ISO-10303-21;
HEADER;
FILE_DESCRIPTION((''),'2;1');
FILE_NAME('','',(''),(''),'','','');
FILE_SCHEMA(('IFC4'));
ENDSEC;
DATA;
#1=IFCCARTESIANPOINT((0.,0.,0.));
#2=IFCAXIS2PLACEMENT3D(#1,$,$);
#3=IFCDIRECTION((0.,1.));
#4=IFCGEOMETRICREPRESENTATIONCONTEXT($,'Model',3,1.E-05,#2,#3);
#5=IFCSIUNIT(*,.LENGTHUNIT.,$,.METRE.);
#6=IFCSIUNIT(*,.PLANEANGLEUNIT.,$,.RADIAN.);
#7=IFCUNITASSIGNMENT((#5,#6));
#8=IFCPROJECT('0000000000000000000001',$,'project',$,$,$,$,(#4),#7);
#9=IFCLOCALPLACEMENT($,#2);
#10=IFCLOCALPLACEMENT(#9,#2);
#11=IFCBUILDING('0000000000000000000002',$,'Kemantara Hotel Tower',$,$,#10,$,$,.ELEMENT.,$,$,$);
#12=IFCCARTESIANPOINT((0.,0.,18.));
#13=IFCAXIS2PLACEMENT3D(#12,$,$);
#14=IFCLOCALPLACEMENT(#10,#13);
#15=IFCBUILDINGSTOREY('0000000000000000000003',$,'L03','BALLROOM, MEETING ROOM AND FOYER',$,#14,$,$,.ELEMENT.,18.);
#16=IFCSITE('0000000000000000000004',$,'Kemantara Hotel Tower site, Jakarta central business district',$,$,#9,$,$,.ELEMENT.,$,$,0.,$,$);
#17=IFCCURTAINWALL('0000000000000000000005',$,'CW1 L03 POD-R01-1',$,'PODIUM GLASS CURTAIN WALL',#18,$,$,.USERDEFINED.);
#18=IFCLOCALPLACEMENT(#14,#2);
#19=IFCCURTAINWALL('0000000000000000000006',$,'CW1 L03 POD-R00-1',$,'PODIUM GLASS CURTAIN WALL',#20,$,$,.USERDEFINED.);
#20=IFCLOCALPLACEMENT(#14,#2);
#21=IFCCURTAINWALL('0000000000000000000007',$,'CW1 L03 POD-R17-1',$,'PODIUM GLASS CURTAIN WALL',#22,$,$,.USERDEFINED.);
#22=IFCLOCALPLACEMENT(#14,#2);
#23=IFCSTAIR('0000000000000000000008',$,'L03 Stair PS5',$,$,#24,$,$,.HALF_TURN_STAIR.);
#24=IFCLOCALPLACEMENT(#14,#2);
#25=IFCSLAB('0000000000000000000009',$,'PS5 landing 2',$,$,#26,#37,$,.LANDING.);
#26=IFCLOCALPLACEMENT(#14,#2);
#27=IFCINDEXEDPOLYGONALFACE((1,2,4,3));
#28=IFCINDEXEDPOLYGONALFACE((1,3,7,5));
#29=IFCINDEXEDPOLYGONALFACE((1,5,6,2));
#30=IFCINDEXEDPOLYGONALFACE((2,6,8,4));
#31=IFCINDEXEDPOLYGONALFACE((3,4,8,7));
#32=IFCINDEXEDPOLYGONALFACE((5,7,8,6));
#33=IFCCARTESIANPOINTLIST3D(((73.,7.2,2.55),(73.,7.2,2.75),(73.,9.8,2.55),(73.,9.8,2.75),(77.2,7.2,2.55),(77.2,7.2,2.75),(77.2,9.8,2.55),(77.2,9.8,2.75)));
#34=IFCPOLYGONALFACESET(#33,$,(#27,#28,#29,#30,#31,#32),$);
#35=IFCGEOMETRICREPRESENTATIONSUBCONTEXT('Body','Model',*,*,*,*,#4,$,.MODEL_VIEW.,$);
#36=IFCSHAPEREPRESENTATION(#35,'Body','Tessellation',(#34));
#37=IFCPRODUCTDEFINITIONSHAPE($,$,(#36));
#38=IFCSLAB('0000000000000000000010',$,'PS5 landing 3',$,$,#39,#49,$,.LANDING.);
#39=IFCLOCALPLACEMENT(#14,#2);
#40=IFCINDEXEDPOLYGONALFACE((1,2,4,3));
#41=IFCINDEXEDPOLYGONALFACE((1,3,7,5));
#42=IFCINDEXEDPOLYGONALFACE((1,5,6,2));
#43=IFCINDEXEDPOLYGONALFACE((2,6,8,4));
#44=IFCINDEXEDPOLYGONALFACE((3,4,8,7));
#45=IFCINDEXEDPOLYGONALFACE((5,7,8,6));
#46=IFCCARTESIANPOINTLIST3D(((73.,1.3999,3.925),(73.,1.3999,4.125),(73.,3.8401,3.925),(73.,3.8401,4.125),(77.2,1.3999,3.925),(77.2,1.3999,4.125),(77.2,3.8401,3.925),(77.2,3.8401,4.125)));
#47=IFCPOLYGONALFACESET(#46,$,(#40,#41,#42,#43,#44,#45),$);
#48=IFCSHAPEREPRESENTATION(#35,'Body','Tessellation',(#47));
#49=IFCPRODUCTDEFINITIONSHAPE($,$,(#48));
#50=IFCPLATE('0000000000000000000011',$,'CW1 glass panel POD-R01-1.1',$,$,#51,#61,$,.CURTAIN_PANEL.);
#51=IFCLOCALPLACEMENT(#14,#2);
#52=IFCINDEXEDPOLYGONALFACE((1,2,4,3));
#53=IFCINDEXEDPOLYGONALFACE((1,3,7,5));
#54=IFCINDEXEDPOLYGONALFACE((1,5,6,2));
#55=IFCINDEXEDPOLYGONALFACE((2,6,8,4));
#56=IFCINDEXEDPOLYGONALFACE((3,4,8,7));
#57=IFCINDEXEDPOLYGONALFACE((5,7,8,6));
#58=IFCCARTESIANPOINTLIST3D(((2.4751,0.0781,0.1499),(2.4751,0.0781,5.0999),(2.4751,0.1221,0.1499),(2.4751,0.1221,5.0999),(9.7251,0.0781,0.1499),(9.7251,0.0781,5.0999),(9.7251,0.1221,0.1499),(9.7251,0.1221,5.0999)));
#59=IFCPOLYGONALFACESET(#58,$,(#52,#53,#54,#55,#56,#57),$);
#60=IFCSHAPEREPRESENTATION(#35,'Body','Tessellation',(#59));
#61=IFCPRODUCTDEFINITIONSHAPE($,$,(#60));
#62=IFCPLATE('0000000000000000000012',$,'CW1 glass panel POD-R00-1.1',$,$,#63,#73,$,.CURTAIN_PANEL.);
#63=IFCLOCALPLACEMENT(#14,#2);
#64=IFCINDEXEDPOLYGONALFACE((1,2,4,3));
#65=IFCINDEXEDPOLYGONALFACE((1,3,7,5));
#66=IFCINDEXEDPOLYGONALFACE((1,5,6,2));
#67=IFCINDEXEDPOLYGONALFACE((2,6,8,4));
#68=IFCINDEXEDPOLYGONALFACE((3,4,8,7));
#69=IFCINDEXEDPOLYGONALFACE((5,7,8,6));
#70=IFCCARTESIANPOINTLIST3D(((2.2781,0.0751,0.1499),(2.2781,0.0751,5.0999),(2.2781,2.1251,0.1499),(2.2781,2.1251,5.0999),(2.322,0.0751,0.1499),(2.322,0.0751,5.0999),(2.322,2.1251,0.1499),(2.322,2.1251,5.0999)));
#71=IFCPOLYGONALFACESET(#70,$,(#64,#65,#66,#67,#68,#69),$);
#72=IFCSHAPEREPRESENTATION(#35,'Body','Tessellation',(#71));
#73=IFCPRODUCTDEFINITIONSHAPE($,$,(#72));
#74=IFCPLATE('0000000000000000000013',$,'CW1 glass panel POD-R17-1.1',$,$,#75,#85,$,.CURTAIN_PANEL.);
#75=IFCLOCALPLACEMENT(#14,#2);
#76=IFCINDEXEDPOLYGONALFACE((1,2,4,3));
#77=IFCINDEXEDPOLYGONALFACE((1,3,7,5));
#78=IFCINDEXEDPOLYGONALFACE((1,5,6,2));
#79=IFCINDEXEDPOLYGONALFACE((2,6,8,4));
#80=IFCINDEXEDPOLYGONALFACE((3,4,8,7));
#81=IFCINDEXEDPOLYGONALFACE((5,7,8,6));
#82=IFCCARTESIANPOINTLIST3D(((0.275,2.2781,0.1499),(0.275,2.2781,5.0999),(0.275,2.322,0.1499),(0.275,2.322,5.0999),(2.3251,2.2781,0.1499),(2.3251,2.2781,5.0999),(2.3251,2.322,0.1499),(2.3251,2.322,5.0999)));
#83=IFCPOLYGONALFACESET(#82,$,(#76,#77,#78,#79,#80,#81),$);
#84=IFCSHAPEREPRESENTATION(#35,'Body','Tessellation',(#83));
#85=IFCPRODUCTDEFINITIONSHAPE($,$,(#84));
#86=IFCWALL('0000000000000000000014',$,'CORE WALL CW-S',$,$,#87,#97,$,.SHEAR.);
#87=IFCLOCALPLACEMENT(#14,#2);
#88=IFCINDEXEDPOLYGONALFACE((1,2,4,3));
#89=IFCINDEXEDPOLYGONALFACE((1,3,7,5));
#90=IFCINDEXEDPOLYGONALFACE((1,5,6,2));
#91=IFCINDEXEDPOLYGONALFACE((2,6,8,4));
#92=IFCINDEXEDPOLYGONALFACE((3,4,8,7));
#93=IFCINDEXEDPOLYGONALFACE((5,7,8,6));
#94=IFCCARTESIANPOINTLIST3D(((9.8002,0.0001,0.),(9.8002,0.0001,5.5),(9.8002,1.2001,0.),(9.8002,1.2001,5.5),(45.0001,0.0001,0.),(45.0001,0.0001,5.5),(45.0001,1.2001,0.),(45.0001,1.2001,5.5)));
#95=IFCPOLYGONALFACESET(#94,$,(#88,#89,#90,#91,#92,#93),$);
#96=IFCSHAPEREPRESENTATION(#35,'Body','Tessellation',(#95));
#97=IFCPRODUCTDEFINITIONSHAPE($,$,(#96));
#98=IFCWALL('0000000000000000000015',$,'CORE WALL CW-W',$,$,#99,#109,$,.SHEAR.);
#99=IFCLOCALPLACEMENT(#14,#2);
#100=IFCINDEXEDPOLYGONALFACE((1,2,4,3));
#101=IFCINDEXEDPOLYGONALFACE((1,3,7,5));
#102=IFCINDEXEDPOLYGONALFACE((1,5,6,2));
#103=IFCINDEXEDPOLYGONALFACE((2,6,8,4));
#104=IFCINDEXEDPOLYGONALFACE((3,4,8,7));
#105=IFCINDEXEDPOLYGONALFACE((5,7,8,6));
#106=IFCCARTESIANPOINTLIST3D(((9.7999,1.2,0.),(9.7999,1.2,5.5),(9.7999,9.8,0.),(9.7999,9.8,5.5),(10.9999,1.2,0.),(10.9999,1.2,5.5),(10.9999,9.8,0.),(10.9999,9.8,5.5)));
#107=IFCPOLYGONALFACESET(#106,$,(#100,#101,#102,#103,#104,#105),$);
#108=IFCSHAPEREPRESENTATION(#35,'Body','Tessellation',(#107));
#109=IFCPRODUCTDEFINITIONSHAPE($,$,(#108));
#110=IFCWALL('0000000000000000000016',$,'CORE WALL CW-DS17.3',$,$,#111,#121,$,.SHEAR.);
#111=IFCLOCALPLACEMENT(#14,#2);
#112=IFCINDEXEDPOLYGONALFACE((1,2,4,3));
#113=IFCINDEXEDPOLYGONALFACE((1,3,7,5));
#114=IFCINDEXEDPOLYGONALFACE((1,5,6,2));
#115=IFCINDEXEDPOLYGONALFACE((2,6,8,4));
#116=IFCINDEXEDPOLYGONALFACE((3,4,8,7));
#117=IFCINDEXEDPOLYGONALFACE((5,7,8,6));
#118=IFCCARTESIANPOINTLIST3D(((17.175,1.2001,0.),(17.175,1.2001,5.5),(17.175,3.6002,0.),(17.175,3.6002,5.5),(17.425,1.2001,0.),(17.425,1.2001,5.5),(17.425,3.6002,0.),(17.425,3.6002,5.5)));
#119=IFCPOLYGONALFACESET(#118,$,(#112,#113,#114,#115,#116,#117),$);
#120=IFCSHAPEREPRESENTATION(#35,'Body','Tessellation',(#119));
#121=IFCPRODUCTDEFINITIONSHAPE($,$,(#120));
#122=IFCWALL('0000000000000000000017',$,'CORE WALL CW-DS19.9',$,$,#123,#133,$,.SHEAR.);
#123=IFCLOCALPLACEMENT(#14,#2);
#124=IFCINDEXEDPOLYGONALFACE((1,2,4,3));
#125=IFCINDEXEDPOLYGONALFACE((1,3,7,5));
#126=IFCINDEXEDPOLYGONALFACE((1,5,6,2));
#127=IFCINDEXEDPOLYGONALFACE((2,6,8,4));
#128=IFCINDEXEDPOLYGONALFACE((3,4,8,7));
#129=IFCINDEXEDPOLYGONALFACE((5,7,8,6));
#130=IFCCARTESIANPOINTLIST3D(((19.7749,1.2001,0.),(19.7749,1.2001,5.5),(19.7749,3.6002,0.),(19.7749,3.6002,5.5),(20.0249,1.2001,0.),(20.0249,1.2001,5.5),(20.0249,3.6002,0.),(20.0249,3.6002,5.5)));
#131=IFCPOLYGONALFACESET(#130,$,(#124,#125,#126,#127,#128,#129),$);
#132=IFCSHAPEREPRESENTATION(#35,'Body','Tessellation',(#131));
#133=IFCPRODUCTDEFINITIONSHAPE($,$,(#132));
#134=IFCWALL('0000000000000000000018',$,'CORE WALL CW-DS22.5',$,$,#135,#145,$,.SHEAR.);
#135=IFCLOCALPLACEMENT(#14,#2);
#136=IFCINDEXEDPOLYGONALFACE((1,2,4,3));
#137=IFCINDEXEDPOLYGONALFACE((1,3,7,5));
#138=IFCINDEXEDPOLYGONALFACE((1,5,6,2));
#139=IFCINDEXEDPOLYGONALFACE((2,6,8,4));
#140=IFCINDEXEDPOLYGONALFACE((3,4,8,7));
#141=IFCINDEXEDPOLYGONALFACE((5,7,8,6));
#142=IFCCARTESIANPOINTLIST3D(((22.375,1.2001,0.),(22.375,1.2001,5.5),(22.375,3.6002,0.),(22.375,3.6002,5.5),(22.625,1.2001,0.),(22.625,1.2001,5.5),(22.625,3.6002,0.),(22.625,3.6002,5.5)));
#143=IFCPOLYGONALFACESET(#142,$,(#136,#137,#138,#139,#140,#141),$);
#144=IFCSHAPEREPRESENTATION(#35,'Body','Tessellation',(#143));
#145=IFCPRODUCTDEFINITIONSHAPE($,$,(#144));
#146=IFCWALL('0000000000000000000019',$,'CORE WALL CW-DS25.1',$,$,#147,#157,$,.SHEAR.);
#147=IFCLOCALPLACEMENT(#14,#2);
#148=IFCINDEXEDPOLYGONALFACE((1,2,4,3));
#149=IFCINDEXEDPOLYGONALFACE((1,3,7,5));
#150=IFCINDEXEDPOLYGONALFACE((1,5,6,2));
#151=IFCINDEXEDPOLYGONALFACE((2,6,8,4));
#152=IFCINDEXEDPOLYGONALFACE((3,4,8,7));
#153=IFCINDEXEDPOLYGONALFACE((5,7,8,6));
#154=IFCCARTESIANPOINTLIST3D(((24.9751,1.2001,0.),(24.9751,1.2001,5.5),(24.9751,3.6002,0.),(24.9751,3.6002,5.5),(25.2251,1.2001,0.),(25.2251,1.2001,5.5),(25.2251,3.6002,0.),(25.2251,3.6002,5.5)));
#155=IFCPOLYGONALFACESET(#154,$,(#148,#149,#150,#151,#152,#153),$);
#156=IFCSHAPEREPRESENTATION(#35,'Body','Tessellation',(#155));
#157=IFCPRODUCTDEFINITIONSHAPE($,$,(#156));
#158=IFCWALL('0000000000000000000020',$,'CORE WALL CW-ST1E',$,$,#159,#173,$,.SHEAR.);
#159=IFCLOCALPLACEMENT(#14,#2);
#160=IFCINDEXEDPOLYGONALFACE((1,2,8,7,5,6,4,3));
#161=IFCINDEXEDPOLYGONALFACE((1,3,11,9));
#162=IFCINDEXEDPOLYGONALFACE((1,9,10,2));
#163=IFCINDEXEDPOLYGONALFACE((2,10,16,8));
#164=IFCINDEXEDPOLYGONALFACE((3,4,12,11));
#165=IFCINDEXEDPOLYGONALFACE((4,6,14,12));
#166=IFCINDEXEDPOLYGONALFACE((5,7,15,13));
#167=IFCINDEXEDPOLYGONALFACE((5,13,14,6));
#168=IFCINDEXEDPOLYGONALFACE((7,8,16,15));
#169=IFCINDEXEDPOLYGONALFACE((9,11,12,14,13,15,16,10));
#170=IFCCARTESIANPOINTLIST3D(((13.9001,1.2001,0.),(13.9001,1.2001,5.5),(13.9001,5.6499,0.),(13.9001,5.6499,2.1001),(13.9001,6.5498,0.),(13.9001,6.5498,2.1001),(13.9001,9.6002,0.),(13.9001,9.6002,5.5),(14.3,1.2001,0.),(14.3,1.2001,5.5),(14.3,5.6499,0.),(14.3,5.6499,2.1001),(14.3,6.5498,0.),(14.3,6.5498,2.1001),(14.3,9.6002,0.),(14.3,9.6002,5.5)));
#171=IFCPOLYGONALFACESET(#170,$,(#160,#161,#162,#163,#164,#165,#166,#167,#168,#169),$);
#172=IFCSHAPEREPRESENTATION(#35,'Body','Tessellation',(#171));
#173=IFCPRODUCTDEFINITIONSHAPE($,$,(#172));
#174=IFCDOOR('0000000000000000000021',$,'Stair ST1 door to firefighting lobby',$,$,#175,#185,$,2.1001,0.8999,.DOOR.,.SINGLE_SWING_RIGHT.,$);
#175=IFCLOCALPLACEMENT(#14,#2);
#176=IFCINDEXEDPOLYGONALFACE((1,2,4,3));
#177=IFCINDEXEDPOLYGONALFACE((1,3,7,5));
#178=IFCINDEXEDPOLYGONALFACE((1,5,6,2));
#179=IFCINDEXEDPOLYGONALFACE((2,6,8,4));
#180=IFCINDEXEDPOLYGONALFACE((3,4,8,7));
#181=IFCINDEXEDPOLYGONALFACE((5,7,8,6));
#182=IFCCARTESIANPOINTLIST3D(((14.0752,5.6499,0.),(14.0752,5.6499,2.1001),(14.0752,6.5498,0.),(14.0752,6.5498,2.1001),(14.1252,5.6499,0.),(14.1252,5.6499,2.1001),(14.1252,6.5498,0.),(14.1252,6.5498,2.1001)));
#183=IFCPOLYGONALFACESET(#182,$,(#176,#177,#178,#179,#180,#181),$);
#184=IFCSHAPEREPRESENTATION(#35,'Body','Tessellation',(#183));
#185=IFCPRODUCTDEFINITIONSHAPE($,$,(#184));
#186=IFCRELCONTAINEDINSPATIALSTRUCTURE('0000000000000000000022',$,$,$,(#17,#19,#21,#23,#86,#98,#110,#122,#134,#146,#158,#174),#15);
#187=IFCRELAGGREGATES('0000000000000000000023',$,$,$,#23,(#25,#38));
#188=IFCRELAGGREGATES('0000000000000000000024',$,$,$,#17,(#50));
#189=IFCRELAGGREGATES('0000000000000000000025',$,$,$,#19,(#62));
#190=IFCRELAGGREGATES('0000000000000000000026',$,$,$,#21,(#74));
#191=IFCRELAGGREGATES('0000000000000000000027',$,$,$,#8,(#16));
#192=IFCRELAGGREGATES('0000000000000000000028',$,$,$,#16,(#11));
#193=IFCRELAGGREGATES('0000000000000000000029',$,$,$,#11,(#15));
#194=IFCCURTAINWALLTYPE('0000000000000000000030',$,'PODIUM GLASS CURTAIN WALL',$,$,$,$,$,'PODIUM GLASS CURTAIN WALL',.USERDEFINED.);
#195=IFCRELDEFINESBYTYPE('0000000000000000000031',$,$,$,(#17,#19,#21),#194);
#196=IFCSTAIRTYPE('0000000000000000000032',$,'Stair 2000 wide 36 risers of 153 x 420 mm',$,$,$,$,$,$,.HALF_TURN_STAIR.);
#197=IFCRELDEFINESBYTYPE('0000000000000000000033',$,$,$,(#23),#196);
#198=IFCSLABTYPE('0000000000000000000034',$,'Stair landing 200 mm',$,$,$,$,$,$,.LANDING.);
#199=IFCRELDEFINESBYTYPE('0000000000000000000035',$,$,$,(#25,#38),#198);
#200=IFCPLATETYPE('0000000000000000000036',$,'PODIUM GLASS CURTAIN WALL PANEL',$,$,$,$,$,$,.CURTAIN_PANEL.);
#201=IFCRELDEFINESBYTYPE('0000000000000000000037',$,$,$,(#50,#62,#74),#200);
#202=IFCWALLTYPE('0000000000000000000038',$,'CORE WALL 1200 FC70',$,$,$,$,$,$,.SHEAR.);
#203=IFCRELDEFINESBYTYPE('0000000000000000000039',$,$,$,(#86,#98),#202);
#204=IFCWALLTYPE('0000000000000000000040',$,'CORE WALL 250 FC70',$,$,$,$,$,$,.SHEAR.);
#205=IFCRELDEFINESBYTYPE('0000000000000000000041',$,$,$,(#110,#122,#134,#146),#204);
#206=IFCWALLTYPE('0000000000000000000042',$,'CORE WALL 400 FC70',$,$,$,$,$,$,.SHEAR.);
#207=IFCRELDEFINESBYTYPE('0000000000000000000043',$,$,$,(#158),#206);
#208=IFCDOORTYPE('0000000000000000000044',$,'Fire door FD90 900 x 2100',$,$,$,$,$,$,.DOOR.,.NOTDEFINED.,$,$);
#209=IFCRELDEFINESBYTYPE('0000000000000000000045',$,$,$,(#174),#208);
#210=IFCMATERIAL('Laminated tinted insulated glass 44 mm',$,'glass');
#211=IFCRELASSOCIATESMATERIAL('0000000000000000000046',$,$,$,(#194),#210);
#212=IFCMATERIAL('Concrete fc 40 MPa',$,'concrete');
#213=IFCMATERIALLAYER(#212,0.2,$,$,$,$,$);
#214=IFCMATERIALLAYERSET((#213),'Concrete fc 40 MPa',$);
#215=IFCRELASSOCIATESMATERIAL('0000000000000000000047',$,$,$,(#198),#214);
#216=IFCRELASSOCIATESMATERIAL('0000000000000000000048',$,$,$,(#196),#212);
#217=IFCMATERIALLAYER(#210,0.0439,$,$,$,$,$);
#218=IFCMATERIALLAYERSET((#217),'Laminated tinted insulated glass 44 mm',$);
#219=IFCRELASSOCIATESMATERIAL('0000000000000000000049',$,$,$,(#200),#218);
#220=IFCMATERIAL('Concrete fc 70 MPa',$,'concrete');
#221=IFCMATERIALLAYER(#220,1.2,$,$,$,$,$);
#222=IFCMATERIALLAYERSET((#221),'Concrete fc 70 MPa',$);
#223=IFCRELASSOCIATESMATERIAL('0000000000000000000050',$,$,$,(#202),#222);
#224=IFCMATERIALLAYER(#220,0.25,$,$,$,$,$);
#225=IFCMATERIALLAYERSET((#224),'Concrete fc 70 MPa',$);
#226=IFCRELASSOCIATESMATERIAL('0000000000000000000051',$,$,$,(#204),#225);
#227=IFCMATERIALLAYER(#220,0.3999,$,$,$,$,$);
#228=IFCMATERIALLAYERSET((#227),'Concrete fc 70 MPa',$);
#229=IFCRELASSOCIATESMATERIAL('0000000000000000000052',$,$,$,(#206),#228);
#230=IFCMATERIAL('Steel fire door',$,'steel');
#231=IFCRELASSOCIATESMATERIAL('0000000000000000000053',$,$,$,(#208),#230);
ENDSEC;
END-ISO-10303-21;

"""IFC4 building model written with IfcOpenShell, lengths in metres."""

from ifc_helpers import new_model, si_unit, direction, frame, frame_2d, origin, origin_2d, place, context, subcontext, project, spatial, polyline, rectangle, outline, extrude, source, transform, mapped, material, layer, layer_set, type_object, element, fill, aggregate, save


model = new_model("IFC4")

# Units and contexts
model_context = context("Model", 3, precision=1e-05, world=origin(), true_north=direction((0.0, 1.0)))
body_context = subcontext(model_context, "Body", "Model", "MODEL_VIEW")
ifc_project = project(units=[si_unit("LENGTHUNIT", "METRE"), si_unit("PLANEANGLEUNIT", "RADIAN")], contexts=[model_context])

# Site, building, storey
site_placement = place(None, origin())
site = spatial("IfcSite", under=ifc_project, at=site_placement, Name="Kemantara Hotel Tower site, Jakarta central business district", CompositionType="ELEMENT", RefElevation=0.0)
building_placement = place(site_placement, origin())
building = spatial("IfcBuilding", under=site, at=building_placement, Name="Kemantara Hotel Tower", CompositionType="ELEMENT")
storey_placement = place(building_placement, frame((0.0, 0.0, 18.0)))
storey = spatial("IfcBuildingStorey", under=building, at=storey_placement, Name="L03", Description="BALLROOM, MEETING ROOM AND FOYER", CompositionType="ELEMENT", Elevation=18.0)

# Curtain walls
ifc_material_1 = material(Name="Laminated tinted insulated glass 44 mm", Category="glass")
curtain_wall_type = type_object("IfcCurtainWallType", Name="PODIUM GLASS CURTAIN WALL", ElementType="PODIUM GLASS CURTAIN WALL", PredefinedType="USERDEFINED", material=ifc_material_1)
curtain_wall_1_placement = place(storey_placement, origin())
curtain_wall_1 = element("IfcCurtainWall", 1, at=curtain_wall_1_placement, inside=storey, type_object=curtain_wall_type, Name="CW1 L03 POD-R01-1", ObjectType="PODIUM GLASS CURTAIN WALL", PredefinedType="USERDEFINED")
curtain_wall_2_placement = place(storey_placement, origin())
curtain_wall_2 = element("IfcCurtainWall", 2, at=curtain_wall_2_placement, inside=storey, type_object=curtain_wall_type, Name="CW1 L03 POD-R00-1", ObjectType="PODIUM GLASS CURTAIN WALL", PredefinedType="USERDEFINED")
curtain_wall_3_placement = place(storey_placement, origin())
curtain_wall_3 = element("IfcCurtainWall", 3, at=curtain_wall_3_placement, inside=storey, type_object=curtain_wall_type, Name="CW1 L03 POD-R17-1", ObjectType="PODIUM GLASS CURTAIN WALL", PredefinedType="USERDEFINED")

# Shared definitions
ifc_material_2 = material(Name="Concrete fc 40 MPa", Category="concrete")
ifc_layer_1 = layer(ifc_material_2, 0.2)
ifc_layer_set_1 = layer_set([ifc_layer_1], Name="Concrete fc 40 MPa")
slab_type = type_object("IfcSlabType", Name="Stair landing 200 mm", PredefinedType="LANDING", material=ifc_layer_set_1)

# Stair, slabs
stair_type_1 = type_object("IfcStairType", Name="Stair 2000 wide 36 risers of 153 x 420 mm", PredefinedType="HALF_TURN_STAIR", material=ifc_material_2)
stair_1_placement = place(storey_placement, origin())
stair_1 = element("IfcStair", 4, at=stair_1_placement, inside=storey, type_object=stair_type_1, Name="L03 Stair PS5", PredefinedType="HALF_TURN_STAIR")
slab_1_placement = place(storey_placement, frame((0.0, 0.0, 2.55)))
slab_1 = element("IfcSlab", 5, at=slab_1_placement, type_object=slab_type, Name="PS5 landing 2", PredefinedType="LANDING", context=body_context, shape_type="SweptSolid", body=[
    extrude(outline(polyline([(73.0, 9.8), (73.0, 7.2), (77.2, 7.2), (77.2, 9.8), (73.0, 9.8)])), origin(), (0.0, 0.0, 1.0), 0.2),
])
slab_2_placement = place(storey_placement, frame((0.0, 0.0, 3.925)))
slab_2 = element("IfcSlab", 6, at=slab_2_placement, type_object=slab_type, Name="PS5 landing 3", PredefinedType="LANDING", context=body_context, shape_type="SweptSolid", body=[
    extrude(outline(polyline([(73.0, 3.8401), (73.0, 1.3999), (77.2, 1.3999), (77.2, 3.8401), (73.0, 3.8401)])), origin(), (0.0, 0.0, 1.0), 0.2),
])
aggregate(stair_1, [slab_1, slab_2])

# Plates
ifc_layer_2 = layer(ifc_material_1, 0.0439)
ifc_layer_set_2 = layer_set([ifc_layer_2], Name="Laminated tinted insulated glass 44 mm")
plate_type = type_object("IfcPlateType", Name="PODIUM GLASS CURTAIN WALL PANEL", PredefinedType="CURTAIN_PANEL", material=ifc_layer_set_2)
shared_shape_1 = source(origin(), body_context, "Body", "SweptSolid", [
    extrude(rectangle(XDim=7.25, YDim=0.0439, at=origin_2d()), origin(), (0.0, 0.0, 1.0), 4.95),
])
plate_1_placement = place(storey_placement, frame((6.1001, 0.1001, 0.1499), z_axis=(0.0, 0.0, 1.0), x_axis=(1.0, 0.0, 0.0)))
plate_1 = element("IfcPlate", 7, at=plate_1_placement, type_object=plate_type, Name="CW1 glass panel POD-R01-1.1", PredefinedType="CURTAIN_PANEL", context=body_context, shape_type="MappedRepresentation", body=[
    mapped(shared_shape_1, transform((0.0, 0.0, 0.0))),
])
aggregate(curtain_wall_1, [plate_1])
shared_shape_2 = source(origin(), body_context, "Body", "SweptSolid", [
    extrude(rectangle(XDim=2.05, YDim=0.0439, at=origin_2d()), origin(), (0.0, 0.0, 1.0), 4.95),
])
plate_2_placement = place(storey_placement, frame((2.3, 1.1001, 0.1499), z_axis=(0.0, 0.0, 1.0), x_axis=(0.0, -1.0, 0.0)))
plate_2 = element("IfcPlate", 8, at=plate_2_placement, type_object=plate_type, Name="CW1 glass panel POD-R00-1.1", PredefinedType="CURTAIN_PANEL", context=body_context, shape_type="MappedRepresentation", body=[
    mapped(shared_shape_2, transform((0.0, 0.0, 0.0))),
])
aggregate(curtain_wall_2, [plate_2])
plate_3_placement = place(storey_placement, frame((1.3, 2.3, 0.1499), z_axis=(0.0, 0.0, 1.0), x_axis=(1.0, 0.0, 0.0)))
plate_3 = element("IfcPlate", 9, at=plate_3_placement, type_object=plate_type, Name="CW1 glass panel POD-R17-1.1", PredefinedType="CURTAIN_PANEL", context=body_context, shape_type="MappedRepresentation", body=[
    mapped(shared_shape_2, transform((0.0, 0.0, 0.0))),
])
aggregate(curtain_wall_3, [plate_3])

# Walls
ifc_material_3 = material(Name="Concrete fc 70 MPa", Category="concrete")
ifc_layer_3 = layer(ifc_material_3, 1.2)
ifc_layer_set_3 = layer_set([ifc_layer_3], Name="Concrete fc 70 MPa")
wall_type_1 = type_object("IfcWallType", Name="CORE WALL 1200 FC70", PredefinedType="SHEAR", material=ifc_layer_set_3)
wall_1_placement = place(storey_placement, frame((9.8, 0.6001, 0.0), z_axis=(0.0, 0.0, 1.0), x_axis=(1.0, 0.0, 0.0)))
element("IfcWall", 10, at=wall_1_placement, inside=storey, type_object=wall_type_1, Name="CORE WALL CW-S", PredefinedType="SHEAR", context=body_context, shape_type="SweptSolid", body=[
    extrude(rectangle(XDim=35.2, YDim=1.2, at=frame_2d((17.6001, 0.0))), origin(), (0.0, 0.0, 1.0), 5.5),
])
wall_2_placement = place(storey_placement, frame((10.3999, 1.2, 0.0), z_axis=(0.0, 0.0, 1.0), x_axis=(0.0, 1.0, 0.0)))
element("IfcWall", 11, at=wall_2_placement, inside=storey, type_object=wall_type_1, Name="CORE WALL CW-W", PredefinedType="SHEAR", context=body_context, shape_type="SweptSolid", body=[
    extrude(rectangle(XDim=8.6001, YDim=1.2, at=frame_2d((4.3, 0.0))), origin(), (0.0, 0.0, 1.0), 5.5),
])
ifc_layer_4 = layer(ifc_material_3, 0.25)
ifc_layer_set_4 = layer_set([ifc_layer_4], Name="Concrete fc 70 MPa")
wall_type_2 = type_object("IfcWallType", Name="CORE WALL 250 FC70", PredefinedType="SHEAR", material=ifc_layer_set_4)
for number, where, z_axis, x_axis, name in (
    (12, (17.3, 1.2, 0.0), (0.0, 0.0, 1.0), (0.0, 1.0, 0.0), "CORE WALL CW-DS17.3"),
    (13, (19.8999, 1.2, 0.0), (0.0, 0.0, 1.0), (0.0, 1.0, 0.0), "CORE WALL CW-DS19.9"),
    (14, (22.5, 1.2, 0.0), (0.0, 0.0, 1.0), (0.0, 1.0, 0.0), "CORE WALL CW-DS22.5"),
    (15, (25.1001, 1.2, 0.0), (0.0, 0.0, 1.0), (0.0, 1.0, 0.0), "CORE WALL CW-DS25.1"),
):
    element("IfcWall", number, at=place(storey_placement, frame(where, z_axis=z_axis, x_axis=x_axis)), inside=storey, type_object=wall_type_2, Name=name, PredefinedType="SHEAR", context=body_context, shape_type="SweptSolid", body=[
        extrude(rectangle(XDim=2.4001, YDim=0.25, at=frame_2d((1.2002, 0.0))), origin(), (0.0, 0.0, 1.0), 5.5),
    ])

# Wall, opening, door
ifc_layer_5 = layer(ifc_material_3, 0.3999)
ifc_layer_set_5 = layer_set([ifc_layer_5], Name="Concrete fc 70 MPa")
wall_type_3 = type_object("IfcWallType", Name="CORE WALL 400 FC70", PredefinedType="SHEAR", material=ifc_layer_set_5)
wall_3_placement = place(storey_placement, frame((14.1001, 1.2, 0.0), z_axis=(0.0, 0.0, 1.0), x_axis=(0.0, 1.0, 0.0)))
wall_3 = element("IfcWall", 16, at=wall_3_placement, inside=storey, type_object=wall_type_3, Name="CORE WALL CW-ST1E", PredefinedType="SHEAR", context=body_context, shape_type="SweptSolid", body=[
    extrude(rectangle(XDim=8.4001, YDim=0.3999, at=frame_2d((4.2002, 0.0))), origin(), (0.0, 0.0, 1.0), 5.5),
])
opening_placement = place(wall_3_placement, frame((4.45, 0.0, 0.0)))
opening = element("IfcOpeningElement", 17, at=opening_placement, cuts=wall_3, PredefinedType="OPENING", context=body_context, shape_type="SweptSolid", body=[
    extrude(rectangle(XDim=0.8999, YDim=2.1001, at=frame_2d((0.45, 1.05))), frame((0.0, 0.21, 0.0), z_axis=(0.0, -1.0, 0.0), x_axis=(1.0, 0.0, 0.0)), (0.0, 0.0, 1.0), 0.4199),
])
ifc_material_4 = material(Name="Steel fire door", Category="steel")
door_type = type_object("IfcDoorType", Name="Fire door FD90 900 x 2100", OperationType="NOTDEFINED", PredefinedType="DOOR", material=ifc_material_4)
door_placement = place(opening_placement, origin())
door = element("IfcDoor", 18, at=door_placement, inside=storey, type_object=door_type, Name="Stair ST1 door to firefighting lobby", OperationType="SINGLE_SWING_RIGHT", OverallHeight=2.1001, OverallWidth=0.8999, PredefinedType="DOOR", context=body_context, shape_type="SweptSolid", body=[
    extrude(rectangle(XDim=0.8999, YDim=2.1001, at=frame_2d((0.45, 1.05))), frame((0.0, 0.0249, 0.0), z_axis=(0.0, -1.0, 0.0), x_axis=(1.0, 0.0, 0.0)), (0.0, 0.0, 1.0), 0.05),
])
fill(opening, door)

save(model, "model.ifc")
